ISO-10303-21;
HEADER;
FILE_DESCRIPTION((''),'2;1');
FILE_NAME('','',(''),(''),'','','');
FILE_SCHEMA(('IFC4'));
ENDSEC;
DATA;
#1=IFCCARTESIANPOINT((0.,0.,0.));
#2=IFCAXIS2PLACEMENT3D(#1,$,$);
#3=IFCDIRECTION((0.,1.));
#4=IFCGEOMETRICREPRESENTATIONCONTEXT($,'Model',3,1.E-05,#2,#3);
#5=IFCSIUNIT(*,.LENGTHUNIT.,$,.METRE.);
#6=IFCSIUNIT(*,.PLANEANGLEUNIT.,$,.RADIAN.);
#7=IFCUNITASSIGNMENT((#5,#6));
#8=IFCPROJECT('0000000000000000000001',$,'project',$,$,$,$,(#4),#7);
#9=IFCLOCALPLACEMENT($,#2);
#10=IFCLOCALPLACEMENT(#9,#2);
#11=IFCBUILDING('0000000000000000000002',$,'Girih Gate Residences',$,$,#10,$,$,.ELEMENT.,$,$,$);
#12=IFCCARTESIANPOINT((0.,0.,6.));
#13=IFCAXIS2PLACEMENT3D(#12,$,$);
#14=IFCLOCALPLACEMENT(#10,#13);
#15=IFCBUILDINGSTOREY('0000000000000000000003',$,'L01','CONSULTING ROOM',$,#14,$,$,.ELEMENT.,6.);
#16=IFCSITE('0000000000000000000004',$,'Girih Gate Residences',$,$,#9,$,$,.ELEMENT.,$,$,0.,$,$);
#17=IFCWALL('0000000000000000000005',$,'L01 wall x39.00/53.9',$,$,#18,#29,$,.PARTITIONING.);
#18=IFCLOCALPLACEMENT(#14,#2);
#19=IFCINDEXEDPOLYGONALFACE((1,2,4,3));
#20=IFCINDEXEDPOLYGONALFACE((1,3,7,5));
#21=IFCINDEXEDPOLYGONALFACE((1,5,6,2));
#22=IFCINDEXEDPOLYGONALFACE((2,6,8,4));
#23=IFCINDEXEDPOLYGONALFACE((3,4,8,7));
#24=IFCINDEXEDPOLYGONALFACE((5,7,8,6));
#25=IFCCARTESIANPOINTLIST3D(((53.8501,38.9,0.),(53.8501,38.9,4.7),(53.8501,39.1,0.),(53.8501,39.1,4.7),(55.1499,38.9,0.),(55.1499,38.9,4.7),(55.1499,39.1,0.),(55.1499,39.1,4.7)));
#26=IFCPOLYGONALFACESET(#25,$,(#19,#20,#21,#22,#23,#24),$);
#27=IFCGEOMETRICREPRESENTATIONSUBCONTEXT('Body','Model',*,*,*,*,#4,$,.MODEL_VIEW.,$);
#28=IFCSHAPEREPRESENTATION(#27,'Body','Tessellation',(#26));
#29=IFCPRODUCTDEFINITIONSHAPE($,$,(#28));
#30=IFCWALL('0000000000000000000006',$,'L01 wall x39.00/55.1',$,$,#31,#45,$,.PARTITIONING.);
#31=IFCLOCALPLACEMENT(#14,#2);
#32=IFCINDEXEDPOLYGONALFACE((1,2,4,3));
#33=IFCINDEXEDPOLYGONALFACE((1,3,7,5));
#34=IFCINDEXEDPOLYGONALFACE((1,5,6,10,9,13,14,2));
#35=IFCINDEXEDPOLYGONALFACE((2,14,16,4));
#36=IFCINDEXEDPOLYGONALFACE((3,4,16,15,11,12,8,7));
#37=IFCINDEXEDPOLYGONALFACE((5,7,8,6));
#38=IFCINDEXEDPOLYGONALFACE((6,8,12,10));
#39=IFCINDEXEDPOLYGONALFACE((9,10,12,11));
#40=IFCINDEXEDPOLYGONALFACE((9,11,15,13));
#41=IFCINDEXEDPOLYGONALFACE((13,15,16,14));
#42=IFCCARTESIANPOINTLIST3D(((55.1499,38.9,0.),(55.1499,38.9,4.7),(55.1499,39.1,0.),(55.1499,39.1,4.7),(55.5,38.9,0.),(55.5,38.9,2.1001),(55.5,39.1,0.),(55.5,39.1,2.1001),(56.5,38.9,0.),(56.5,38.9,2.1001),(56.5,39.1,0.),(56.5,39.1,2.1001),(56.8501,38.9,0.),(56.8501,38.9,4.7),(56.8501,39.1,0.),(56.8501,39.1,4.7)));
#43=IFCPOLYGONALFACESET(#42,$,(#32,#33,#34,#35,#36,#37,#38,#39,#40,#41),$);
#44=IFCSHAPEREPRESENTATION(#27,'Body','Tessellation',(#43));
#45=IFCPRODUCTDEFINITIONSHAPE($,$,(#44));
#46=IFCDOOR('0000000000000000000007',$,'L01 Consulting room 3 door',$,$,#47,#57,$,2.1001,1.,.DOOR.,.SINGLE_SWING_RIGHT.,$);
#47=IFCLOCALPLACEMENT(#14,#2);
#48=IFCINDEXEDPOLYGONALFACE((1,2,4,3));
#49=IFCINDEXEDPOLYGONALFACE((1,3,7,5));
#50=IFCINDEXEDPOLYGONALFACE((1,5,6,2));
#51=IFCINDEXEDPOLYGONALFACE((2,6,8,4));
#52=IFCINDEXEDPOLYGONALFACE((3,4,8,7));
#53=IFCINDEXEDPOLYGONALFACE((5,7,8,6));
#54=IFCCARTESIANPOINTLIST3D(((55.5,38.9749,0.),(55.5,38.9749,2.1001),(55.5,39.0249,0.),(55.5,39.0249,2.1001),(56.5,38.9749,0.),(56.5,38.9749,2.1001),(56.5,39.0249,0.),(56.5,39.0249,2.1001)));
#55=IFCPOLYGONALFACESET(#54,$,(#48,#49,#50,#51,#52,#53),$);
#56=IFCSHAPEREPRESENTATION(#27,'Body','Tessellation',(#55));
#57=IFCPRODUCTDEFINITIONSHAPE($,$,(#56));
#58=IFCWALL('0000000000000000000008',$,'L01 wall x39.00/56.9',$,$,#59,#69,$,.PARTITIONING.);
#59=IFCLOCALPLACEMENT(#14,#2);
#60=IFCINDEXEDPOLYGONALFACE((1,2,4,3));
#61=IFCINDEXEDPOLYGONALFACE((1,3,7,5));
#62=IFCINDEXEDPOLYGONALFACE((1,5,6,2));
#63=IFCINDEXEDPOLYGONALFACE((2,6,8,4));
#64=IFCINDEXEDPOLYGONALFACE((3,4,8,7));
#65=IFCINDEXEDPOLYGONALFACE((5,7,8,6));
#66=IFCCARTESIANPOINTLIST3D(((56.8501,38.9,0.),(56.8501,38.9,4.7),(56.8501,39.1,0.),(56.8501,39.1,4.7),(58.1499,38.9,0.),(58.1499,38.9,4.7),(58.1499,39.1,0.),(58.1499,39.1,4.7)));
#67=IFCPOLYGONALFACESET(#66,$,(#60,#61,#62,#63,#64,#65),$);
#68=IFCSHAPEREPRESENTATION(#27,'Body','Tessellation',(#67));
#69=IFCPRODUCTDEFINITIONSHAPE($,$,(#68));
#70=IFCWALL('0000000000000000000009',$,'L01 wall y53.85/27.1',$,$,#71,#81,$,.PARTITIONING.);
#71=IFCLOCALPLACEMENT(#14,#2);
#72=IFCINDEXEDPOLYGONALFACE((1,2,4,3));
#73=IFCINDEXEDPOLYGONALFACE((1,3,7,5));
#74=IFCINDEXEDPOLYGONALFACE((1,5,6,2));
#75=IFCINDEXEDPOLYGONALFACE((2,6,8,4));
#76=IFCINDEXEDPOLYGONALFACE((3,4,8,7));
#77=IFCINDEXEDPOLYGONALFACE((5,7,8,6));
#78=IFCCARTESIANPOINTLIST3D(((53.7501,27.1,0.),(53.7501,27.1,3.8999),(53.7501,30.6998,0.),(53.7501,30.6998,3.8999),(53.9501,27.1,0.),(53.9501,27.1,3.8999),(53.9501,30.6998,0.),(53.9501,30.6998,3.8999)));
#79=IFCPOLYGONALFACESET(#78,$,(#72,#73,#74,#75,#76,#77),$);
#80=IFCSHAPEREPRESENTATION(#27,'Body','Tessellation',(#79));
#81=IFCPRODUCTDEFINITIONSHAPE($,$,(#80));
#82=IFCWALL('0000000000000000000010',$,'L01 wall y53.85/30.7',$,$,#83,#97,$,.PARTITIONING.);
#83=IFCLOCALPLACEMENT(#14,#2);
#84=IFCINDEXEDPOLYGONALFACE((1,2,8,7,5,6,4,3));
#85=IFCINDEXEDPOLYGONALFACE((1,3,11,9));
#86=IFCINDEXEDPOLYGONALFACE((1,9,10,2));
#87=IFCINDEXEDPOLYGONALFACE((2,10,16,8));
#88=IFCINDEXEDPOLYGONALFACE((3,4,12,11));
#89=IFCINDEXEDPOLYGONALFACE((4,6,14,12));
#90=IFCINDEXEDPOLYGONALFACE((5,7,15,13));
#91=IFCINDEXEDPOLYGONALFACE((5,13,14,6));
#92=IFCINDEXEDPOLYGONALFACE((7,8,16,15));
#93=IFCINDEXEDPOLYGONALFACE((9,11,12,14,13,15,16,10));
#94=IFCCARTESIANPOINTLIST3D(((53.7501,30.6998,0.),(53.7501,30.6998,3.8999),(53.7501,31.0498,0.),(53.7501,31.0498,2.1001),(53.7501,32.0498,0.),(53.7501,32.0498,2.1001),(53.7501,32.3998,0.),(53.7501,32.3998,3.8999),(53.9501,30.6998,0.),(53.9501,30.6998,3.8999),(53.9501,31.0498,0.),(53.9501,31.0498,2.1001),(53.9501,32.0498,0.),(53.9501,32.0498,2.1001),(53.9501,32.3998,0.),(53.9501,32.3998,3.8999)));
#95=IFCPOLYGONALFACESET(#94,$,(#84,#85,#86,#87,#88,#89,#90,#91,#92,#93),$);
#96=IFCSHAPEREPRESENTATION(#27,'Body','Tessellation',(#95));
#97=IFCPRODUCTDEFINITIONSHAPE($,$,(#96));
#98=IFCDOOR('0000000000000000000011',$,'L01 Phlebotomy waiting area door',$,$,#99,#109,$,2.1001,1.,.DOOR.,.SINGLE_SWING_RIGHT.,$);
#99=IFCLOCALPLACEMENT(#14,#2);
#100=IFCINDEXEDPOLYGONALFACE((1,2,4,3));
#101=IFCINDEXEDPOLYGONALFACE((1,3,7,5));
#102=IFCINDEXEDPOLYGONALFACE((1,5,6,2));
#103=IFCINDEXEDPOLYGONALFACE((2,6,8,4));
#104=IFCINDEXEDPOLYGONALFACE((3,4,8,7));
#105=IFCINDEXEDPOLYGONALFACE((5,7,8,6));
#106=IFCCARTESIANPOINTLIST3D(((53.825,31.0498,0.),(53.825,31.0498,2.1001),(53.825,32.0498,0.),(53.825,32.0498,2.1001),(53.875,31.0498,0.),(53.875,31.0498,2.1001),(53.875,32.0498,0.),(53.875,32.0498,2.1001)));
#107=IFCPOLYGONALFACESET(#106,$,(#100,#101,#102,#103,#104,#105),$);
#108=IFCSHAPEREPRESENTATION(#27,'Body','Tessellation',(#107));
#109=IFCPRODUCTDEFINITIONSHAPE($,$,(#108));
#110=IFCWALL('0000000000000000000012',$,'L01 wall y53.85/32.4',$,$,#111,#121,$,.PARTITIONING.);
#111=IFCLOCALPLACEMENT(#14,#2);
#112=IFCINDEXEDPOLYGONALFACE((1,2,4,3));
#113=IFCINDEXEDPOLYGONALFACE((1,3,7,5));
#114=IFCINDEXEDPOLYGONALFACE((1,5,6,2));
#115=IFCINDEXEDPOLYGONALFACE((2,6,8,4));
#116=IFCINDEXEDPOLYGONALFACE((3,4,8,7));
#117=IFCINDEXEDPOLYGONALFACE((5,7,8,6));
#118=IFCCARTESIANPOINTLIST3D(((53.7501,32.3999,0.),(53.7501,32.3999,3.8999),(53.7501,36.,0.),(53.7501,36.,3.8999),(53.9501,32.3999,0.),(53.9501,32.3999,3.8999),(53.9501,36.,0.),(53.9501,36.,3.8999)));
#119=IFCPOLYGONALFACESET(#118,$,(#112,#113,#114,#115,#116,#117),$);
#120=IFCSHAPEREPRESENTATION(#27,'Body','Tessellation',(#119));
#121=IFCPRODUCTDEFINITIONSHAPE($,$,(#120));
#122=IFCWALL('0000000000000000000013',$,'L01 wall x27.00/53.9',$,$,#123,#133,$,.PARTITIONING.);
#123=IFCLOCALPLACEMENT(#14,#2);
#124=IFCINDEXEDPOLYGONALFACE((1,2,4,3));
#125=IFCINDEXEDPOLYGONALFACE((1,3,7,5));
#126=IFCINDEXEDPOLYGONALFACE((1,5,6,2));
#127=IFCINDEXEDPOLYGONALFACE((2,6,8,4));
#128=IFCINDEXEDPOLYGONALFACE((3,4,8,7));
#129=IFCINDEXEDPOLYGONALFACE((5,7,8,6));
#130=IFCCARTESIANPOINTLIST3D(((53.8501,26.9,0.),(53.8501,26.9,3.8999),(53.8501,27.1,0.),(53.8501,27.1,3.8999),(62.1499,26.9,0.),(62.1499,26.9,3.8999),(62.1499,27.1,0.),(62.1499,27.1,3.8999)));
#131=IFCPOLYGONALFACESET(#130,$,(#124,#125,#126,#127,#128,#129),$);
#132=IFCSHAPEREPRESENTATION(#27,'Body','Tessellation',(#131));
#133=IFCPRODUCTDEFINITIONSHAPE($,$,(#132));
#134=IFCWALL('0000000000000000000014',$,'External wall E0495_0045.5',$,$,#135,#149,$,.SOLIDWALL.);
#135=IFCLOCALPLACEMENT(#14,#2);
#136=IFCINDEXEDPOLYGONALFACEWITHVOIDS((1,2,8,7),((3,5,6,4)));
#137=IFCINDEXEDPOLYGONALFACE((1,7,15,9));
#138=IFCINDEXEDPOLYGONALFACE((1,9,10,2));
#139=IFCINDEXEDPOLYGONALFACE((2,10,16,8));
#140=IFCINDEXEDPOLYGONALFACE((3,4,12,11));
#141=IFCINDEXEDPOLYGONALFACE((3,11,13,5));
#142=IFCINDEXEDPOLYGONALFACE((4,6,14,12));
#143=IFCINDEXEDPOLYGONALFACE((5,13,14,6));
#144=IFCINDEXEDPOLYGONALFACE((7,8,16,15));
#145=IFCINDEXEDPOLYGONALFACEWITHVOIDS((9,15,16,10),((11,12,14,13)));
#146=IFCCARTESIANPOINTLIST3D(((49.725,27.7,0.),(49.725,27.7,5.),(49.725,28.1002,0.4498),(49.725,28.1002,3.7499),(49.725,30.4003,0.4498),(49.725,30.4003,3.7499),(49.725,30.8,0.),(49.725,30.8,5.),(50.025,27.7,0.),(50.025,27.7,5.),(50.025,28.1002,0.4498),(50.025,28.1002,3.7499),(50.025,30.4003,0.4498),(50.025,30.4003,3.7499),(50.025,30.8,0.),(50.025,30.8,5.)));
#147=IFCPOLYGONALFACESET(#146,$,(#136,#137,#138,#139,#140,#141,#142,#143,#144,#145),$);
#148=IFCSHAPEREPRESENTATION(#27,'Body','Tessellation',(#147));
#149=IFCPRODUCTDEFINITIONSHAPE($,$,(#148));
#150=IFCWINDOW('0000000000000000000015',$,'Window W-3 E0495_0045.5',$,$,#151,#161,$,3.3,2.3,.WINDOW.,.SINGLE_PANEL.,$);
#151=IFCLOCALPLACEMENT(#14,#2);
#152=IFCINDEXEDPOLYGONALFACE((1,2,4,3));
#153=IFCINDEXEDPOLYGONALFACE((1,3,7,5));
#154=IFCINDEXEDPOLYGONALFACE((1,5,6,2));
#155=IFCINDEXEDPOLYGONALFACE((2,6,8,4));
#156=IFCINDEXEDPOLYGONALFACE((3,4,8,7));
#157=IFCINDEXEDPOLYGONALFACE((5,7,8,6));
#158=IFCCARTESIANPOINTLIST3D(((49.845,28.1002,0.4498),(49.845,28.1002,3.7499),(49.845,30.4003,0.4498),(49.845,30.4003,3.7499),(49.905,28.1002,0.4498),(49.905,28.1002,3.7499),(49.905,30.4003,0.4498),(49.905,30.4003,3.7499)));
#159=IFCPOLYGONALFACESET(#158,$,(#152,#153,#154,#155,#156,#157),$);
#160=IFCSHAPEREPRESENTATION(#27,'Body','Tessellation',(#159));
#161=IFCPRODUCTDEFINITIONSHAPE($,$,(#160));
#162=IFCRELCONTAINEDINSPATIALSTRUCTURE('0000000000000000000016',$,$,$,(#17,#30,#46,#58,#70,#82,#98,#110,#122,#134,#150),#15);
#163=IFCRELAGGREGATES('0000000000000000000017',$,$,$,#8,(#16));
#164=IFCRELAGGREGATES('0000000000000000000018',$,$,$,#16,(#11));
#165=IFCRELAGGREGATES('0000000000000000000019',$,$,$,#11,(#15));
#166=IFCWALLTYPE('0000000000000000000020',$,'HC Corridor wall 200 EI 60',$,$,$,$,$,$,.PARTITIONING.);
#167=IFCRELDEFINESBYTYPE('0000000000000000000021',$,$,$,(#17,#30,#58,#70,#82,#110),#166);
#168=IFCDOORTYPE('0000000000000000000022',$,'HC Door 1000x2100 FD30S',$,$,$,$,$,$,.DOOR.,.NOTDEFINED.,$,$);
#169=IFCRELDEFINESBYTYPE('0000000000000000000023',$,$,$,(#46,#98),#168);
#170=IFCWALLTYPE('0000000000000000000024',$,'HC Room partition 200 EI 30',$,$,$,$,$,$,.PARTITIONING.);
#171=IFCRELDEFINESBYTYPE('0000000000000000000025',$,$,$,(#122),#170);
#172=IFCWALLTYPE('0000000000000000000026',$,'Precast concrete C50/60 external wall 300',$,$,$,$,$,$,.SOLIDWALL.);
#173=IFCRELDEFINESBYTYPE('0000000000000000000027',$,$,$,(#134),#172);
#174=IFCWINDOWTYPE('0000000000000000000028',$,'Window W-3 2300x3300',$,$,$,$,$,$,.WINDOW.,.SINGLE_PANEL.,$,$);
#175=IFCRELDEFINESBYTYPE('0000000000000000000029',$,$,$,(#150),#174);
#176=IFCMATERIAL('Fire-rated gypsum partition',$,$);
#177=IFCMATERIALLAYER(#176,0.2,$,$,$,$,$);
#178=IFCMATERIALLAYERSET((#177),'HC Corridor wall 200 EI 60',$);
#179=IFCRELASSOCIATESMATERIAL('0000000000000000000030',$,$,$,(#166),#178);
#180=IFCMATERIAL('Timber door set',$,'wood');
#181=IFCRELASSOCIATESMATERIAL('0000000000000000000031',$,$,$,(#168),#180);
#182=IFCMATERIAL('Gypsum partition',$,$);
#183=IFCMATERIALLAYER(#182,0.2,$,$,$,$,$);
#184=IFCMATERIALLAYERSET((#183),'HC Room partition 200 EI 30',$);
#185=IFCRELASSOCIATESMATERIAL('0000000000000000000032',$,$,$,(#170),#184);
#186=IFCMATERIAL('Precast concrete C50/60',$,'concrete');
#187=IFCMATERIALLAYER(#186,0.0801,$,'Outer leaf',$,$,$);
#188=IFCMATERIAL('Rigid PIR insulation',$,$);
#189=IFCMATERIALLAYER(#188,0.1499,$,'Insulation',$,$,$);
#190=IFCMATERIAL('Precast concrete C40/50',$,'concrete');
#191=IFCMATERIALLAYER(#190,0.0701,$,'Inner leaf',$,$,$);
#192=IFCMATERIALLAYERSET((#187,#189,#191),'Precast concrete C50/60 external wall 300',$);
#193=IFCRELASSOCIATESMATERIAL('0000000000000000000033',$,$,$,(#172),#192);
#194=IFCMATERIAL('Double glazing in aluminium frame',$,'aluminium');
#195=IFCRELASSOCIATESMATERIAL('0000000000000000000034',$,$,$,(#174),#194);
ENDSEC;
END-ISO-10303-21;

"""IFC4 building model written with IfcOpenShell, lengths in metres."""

from ifc_helpers import new_model, si_unit, direction, frame, frame_2d, origin, place, context, subcontext, project, spatial, rectangle, extrude, material, layer, layer_set, type_object, element, fill, save


model = new_model("IFC4")

# Units and contexts
model_context = context("Model", 3, precision=1e-05, world=origin(), true_north=direction((0.0, 1.0)))
body_context = subcontext(model_context, "Body", "Model", "MODEL_VIEW")
ifc_project = project(units=[si_unit("LENGTHUNIT", "METRE"), si_unit("PLANEANGLEUNIT", "RADIAN")], contexts=[model_context])

# Site, building, storey
site_placement = place(None, origin())
site = spatial("IfcSite", under=ifc_project, at=site_placement, Name="Girih Gate Residences", CompositionType="ELEMENT", RefElevation=0.0)
building_placement = place(site_placement, origin())
building = spatial("IfcBuilding", under=site, at=building_placement, Name="Girih Gate Residences", CompositionType="ELEMENT")
storey_placement = place(building_placement, frame((0.0, 0.0, 6.0)))
storey = spatial("IfcBuildingStorey", under=building, at=storey_placement, Name="L01", Description="CONSULTING ROOM", CompositionType="ELEMENT", Elevation=6.0)

# Shared definitions
ifc_material_1 = material(Name="Fire-rated gypsum partition")
ifc_layer_1 = layer(ifc_material_1, 0.2)
ifc_layer_set_1 = layer_set([ifc_layer_1], Name="HC Corridor wall 200 EI 60")
wall_type_1 = type_object("IfcWallType", Name="HC Corridor wall 200 EI 60", PredefinedType="PARTITIONING", material=ifc_layer_set_1)

# Shared definitions
ifc_material_2 = material(Name="Timber door set", Category="wood")
door_type = type_object("IfcDoorType", Name="HC Door 1000x2100 FD30S", OperationType="NOTDEFINED", PredefinedType="DOOR", material=ifc_material_2)

# Wall
wall_1_placement = place(storey_placement, frame((53.8501, 39.0, 0.0), z_axis=(0.0, 0.0, 1.0), x_axis=(1.0, 0.0, 0.0)))
element("IfcWall", 1, at=wall_1_placement, inside=storey, type_object=wall_type_1, Name="L01 wall x39.00/53.9", PredefinedType="PARTITIONING", context=body_context, shape_type="SweptSolid", body=[
    extrude(rectangle(XDim=1.2998, YDim=0.2, at=frame_2d((0.6499, 0.0))), origin(), (0.0, 0.0, 1.0), 4.7),
])

# Wall, opening, door
wall_2_placement = place(storey_placement, frame((55.1499, 39.0, 0.0), z_axis=(0.0, 0.0, 1.0), x_axis=(1.0, 0.0, 0.0)))
wall_2 = element("IfcWall", 2, at=wall_2_placement, inside=storey, type_object=wall_type_1, Name="L01 wall x39.00/55.1", PredefinedType="PARTITIONING", context=body_context, shape_type="SweptSolid", body=[
    extrude(rectangle(XDim=1.7002, YDim=0.2, at=frame_2d((0.8501, 0.0))), origin(), (0.0, 0.0, 1.0), 4.7),
])
opening_1_placement = place(wall_2_placement, frame((0.3501, 0.0, 0.0)))
opening_1 = element("IfcOpeningElement", 3, at=opening_1_placement, cuts=wall_2, PredefinedType="OPENING", context=body_context, shape_type="SweptSolid", body=[
    extrude(rectangle(XDim=1.0, YDim=2.1001, at=frame_2d((0.5, 1.05))), frame((0.0, 0.1099, 0.0), z_axis=(0.0, -1.0, 0.0), x_axis=(1.0, 0.0, 0.0)), (0.0, 0.0, 1.0), 0.22),
])
door_1_placement = place(opening_1_placement, origin())
door_1 = element("IfcDoor", 4, at=door_1_placement, inside=storey, type_object=door_type, Name="L01 Consulting room 3 door", OperationType="SINGLE_SWING_RIGHT", OverallHeight=2.1001, OverallWidth=1.0, PredefinedType="DOOR", context=body_context, shape_type="SweptSolid", body=[
    extrude(rectangle(XDim=1.0, YDim=2.1001, at=frame_2d((0.5, 1.05))), frame((0.0, 0.0249, 0.0), z_axis=(0.0, -1.0, 0.0), x_axis=(1.0, 0.0, 0.0)), (0.0, 0.0, 1.0), 0.05),
])
fill(opening_1, door_1)

# Walls
wall_3_placement = place(storey_placement, frame((56.8501, 39.0, 0.0), z_axis=(0.0, 0.0, 1.0), x_axis=(1.0, 0.0, 0.0)))
element("IfcWall", 5, at=wall_3_placement, inside=storey, type_object=wall_type_1, Name="L01 wall x39.00/56.9", PredefinedType="PARTITIONING", context=body_context, shape_type="SweptSolid", body=[
    extrude(rectangle(XDim=1.2998, YDim=0.2, at=frame_2d((0.6499, 0.0))), origin(), (0.0, 0.0, 1.0), 4.7),
])
wall_4_placement = place(storey_placement, frame((53.8501, 27.1001, 0.0), z_axis=(0.0, 0.0, 1.0), x_axis=(0.0, 1.0, 0.0)))
element("IfcWall", 6, at=wall_4_placement, inside=storey, type_object=wall_type_1, Name="L01 wall y53.85/27.1", PredefinedType="PARTITIONING", context=body_context, shape_type="SweptSolid", body=[
    extrude(rectangle(XDim=3.5999, YDim=0.2, at=frame_2d((1.7998, 0.0))), origin(), (0.0, 0.0, 1.0), 3.8999),
])

# Wall, opening, door
wall_5_placement = place(storey_placement, frame((53.8501, 32.3999, 0.0), z_axis=(0.0, 0.0, 1.0), x_axis=(0.0, -1.0, 0.0)))
wall_5 = element("IfcWall", 7, at=wall_5_placement, inside=storey, type_object=wall_type_1, Name="L01 wall y53.85/30.7", PredefinedType="PARTITIONING", context=body_context, shape_type="SweptSolid", body=[
    extrude(rectangle(XDim=1.7, YDim=0.2, at=frame_2d((0.8501, 0.0))), origin(), (0.0, 0.0, 1.0), 3.8999),
])
opening_2_placement = place(wall_5_placement, frame((0.3501, 0.0, 0.0)))
opening_2 = element("IfcOpeningElement", 8, at=opening_2_placement, cuts=wall_5, PredefinedType="OPENING", context=body_context, shape_type="SweptSolid", body=[
    extrude(rectangle(XDim=1.0, YDim=2.1001, at=frame_2d((0.5, 1.05))), frame((0.0, 0.1099, 0.0), z_axis=(0.0, -1.0, 0.0), x_axis=(1.0, 0.0, 0.0)), (0.0, 0.0, 1.0), 0.22),
])
door_2_placement = place(opening_2_placement, origin())
door_2 = element("IfcDoor", 9, at=door_2_placement, inside=storey, type_object=door_type, Name="L01 Phlebotomy waiting area door", OperationType="SINGLE_SWING_RIGHT", OverallHeight=2.1001, OverallWidth=1.0, PredefinedType="DOOR", context=body_context, shape_type="SweptSolid", body=[
    extrude(rectangle(XDim=1.0, YDim=2.1001, at=frame_2d((0.5, 1.05))), frame((0.0, 0.0249, 0.0), z_axis=(0.0, -1.0, 0.0), x_axis=(1.0, 0.0, 0.0)), (0.0, 0.0, 1.0), 0.05),
])
fill(opening_2, door_2)

# Walls
wall_6_placement = place(storey_placement, frame((53.8501, 32.3999, 0.0), z_axis=(0.0, 0.0, 1.0), x_axis=(0.0, 1.0, 0.0)))
element("IfcWall", 10, at=wall_6_placement, inside=storey, type_object=wall_type_1, Name="L01 wall y53.85/32.4", PredefinedType="PARTITIONING", context=body_context, shape_type="SweptSolid", body=[
    extrude(rectangle(XDim=3.6001, YDim=0.2, at=frame_2d((1.8, 0.0))), origin(), (0.0, 0.0, 1.0), 3.8999),
])
ifc_material_3 = material(Name="Gypsum partition")
ifc_layer_2 = layer(ifc_material_3, 0.2)
ifc_layer_set_2 = layer_set([ifc_layer_2], Name="HC Room partition 200 EI 30")
wall_type_2 = type_object("IfcWallType", Name="HC Room partition 200 EI 30", PredefinedType="PARTITIONING", material=ifc_layer_set_2)
wall_7_placement = place(storey_placement, frame((53.8501, 27.0, 0.0), z_axis=(0.0, 0.0, 1.0), x_axis=(1.0, 0.0, 0.0)))
element("IfcWall", 11, at=wall_7_placement, inside=storey, type_object=wall_type_2, Name="L01 wall x27.00/53.9", PredefinedType="PARTITIONING", context=body_context, shape_type="SweptSolid", body=[
    extrude(rectangle(XDim=8.2998, YDim=0.2, at=frame_2d((4.1499, 0.0))), origin(), (0.0, 0.0, 1.0), 3.8999),
])

# Wall, opening, window
ifc_material_4 = material(Name="Precast concrete C50/60", Category="concrete")
ifc_layer_3 = layer(ifc_material_4, 0.0801, Name="Outer leaf")
ifc_material_5 = material(Name="Rigid PIR insulation")
ifc_layer_4 = layer(ifc_material_5, 0.1499, Name="Insulation")
ifc_material_6 = material(Name="Precast concrete C40/50", Category="concrete")
ifc_layer_5 = layer(ifc_material_6, 0.0701, Name="Inner leaf")
ifc_layer_set_3 = layer_set([ifc_layer_3, ifc_layer_4, ifc_layer_5], Name="Precast concrete C50/60 external wall 300")
wall_type_3 = type_object("IfcWallType", Name="Precast concrete C50/60 external wall 300", PredefinedType="SOLIDWALL", material=ifc_layer_set_3)
wall_8_placement = place(storey_placement, frame((49.875, 30.8, 0.0), z_axis=(0.0, 0.0, 1.0), x_axis=(0.0, -1.0, 0.0)))
wall_8 = element("IfcWall", 12, at=wall_8_placement, inside=storey, type_object=wall_type_3, Name="External wall E0495_0045.5", PredefinedType="SOLIDWALL", context=body_context, shape_type="SweptSolid", body=[
    extrude(rectangle(XDim=3.1001, YDim=0.3, at=frame_2d((1.55, 0.0))), origin(), (0.0, 0.0, 1.0), 5.0),
])
opening_3_placement = place(wall_8_placement, frame((0.3999, 0.0, 0.45)))
opening_3 = element("IfcOpeningElement", 13, at=opening_3_placement, cuts=wall_8, PredefinedType="OPENING", context=body_context, shape_type="SweptSolid", body=[
    extrude(rectangle(XDim=2.3, YDim=3.3, at=frame_2d((1.1499, 1.6499))), frame((0.0, 0.1599, 0.0), z_axis=(0.0, -1.0, 0.0), x_axis=(1.0, 0.0, 0.0)), (0.0, 0.0, 1.0), 0.3201),
])
ifc_material_7 = material(Name="Double glazing in aluminium frame", Category="aluminium")
window_type = type_object("IfcWindowType", Name="Window W-3 2300x3300", PartitioningType="SINGLE_PANEL", PredefinedType="WINDOW", material=ifc_material_7)
window_1_placement = place(opening_3_placement, origin())
window_1 = element("IfcWindow", 14, at=window_1_placement, inside=storey, type_object=window_type, Name="Window W-3 E0495_0045.5", OverallHeight=3.3, OverallWidth=2.3, PartitioningType="SINGLE_PANEL", PredefinedType="WINDOW", context=body_context, shape_type="SweptSolid", body=[
    extrude(rectangle(XDim=2.3, YDim=3.3, at=frame_2d((1.1499, 1.6499))), frame((0.0, 0.03, 0.0), z_axis=(0.0, -1.0, 0.0), x_axis=(1.0, 0.0, 0.0)), (0.0, 0.0, 1.0), 0.0601),
])
fill(opening_3, window_1)

save(model, "model.ifc")
